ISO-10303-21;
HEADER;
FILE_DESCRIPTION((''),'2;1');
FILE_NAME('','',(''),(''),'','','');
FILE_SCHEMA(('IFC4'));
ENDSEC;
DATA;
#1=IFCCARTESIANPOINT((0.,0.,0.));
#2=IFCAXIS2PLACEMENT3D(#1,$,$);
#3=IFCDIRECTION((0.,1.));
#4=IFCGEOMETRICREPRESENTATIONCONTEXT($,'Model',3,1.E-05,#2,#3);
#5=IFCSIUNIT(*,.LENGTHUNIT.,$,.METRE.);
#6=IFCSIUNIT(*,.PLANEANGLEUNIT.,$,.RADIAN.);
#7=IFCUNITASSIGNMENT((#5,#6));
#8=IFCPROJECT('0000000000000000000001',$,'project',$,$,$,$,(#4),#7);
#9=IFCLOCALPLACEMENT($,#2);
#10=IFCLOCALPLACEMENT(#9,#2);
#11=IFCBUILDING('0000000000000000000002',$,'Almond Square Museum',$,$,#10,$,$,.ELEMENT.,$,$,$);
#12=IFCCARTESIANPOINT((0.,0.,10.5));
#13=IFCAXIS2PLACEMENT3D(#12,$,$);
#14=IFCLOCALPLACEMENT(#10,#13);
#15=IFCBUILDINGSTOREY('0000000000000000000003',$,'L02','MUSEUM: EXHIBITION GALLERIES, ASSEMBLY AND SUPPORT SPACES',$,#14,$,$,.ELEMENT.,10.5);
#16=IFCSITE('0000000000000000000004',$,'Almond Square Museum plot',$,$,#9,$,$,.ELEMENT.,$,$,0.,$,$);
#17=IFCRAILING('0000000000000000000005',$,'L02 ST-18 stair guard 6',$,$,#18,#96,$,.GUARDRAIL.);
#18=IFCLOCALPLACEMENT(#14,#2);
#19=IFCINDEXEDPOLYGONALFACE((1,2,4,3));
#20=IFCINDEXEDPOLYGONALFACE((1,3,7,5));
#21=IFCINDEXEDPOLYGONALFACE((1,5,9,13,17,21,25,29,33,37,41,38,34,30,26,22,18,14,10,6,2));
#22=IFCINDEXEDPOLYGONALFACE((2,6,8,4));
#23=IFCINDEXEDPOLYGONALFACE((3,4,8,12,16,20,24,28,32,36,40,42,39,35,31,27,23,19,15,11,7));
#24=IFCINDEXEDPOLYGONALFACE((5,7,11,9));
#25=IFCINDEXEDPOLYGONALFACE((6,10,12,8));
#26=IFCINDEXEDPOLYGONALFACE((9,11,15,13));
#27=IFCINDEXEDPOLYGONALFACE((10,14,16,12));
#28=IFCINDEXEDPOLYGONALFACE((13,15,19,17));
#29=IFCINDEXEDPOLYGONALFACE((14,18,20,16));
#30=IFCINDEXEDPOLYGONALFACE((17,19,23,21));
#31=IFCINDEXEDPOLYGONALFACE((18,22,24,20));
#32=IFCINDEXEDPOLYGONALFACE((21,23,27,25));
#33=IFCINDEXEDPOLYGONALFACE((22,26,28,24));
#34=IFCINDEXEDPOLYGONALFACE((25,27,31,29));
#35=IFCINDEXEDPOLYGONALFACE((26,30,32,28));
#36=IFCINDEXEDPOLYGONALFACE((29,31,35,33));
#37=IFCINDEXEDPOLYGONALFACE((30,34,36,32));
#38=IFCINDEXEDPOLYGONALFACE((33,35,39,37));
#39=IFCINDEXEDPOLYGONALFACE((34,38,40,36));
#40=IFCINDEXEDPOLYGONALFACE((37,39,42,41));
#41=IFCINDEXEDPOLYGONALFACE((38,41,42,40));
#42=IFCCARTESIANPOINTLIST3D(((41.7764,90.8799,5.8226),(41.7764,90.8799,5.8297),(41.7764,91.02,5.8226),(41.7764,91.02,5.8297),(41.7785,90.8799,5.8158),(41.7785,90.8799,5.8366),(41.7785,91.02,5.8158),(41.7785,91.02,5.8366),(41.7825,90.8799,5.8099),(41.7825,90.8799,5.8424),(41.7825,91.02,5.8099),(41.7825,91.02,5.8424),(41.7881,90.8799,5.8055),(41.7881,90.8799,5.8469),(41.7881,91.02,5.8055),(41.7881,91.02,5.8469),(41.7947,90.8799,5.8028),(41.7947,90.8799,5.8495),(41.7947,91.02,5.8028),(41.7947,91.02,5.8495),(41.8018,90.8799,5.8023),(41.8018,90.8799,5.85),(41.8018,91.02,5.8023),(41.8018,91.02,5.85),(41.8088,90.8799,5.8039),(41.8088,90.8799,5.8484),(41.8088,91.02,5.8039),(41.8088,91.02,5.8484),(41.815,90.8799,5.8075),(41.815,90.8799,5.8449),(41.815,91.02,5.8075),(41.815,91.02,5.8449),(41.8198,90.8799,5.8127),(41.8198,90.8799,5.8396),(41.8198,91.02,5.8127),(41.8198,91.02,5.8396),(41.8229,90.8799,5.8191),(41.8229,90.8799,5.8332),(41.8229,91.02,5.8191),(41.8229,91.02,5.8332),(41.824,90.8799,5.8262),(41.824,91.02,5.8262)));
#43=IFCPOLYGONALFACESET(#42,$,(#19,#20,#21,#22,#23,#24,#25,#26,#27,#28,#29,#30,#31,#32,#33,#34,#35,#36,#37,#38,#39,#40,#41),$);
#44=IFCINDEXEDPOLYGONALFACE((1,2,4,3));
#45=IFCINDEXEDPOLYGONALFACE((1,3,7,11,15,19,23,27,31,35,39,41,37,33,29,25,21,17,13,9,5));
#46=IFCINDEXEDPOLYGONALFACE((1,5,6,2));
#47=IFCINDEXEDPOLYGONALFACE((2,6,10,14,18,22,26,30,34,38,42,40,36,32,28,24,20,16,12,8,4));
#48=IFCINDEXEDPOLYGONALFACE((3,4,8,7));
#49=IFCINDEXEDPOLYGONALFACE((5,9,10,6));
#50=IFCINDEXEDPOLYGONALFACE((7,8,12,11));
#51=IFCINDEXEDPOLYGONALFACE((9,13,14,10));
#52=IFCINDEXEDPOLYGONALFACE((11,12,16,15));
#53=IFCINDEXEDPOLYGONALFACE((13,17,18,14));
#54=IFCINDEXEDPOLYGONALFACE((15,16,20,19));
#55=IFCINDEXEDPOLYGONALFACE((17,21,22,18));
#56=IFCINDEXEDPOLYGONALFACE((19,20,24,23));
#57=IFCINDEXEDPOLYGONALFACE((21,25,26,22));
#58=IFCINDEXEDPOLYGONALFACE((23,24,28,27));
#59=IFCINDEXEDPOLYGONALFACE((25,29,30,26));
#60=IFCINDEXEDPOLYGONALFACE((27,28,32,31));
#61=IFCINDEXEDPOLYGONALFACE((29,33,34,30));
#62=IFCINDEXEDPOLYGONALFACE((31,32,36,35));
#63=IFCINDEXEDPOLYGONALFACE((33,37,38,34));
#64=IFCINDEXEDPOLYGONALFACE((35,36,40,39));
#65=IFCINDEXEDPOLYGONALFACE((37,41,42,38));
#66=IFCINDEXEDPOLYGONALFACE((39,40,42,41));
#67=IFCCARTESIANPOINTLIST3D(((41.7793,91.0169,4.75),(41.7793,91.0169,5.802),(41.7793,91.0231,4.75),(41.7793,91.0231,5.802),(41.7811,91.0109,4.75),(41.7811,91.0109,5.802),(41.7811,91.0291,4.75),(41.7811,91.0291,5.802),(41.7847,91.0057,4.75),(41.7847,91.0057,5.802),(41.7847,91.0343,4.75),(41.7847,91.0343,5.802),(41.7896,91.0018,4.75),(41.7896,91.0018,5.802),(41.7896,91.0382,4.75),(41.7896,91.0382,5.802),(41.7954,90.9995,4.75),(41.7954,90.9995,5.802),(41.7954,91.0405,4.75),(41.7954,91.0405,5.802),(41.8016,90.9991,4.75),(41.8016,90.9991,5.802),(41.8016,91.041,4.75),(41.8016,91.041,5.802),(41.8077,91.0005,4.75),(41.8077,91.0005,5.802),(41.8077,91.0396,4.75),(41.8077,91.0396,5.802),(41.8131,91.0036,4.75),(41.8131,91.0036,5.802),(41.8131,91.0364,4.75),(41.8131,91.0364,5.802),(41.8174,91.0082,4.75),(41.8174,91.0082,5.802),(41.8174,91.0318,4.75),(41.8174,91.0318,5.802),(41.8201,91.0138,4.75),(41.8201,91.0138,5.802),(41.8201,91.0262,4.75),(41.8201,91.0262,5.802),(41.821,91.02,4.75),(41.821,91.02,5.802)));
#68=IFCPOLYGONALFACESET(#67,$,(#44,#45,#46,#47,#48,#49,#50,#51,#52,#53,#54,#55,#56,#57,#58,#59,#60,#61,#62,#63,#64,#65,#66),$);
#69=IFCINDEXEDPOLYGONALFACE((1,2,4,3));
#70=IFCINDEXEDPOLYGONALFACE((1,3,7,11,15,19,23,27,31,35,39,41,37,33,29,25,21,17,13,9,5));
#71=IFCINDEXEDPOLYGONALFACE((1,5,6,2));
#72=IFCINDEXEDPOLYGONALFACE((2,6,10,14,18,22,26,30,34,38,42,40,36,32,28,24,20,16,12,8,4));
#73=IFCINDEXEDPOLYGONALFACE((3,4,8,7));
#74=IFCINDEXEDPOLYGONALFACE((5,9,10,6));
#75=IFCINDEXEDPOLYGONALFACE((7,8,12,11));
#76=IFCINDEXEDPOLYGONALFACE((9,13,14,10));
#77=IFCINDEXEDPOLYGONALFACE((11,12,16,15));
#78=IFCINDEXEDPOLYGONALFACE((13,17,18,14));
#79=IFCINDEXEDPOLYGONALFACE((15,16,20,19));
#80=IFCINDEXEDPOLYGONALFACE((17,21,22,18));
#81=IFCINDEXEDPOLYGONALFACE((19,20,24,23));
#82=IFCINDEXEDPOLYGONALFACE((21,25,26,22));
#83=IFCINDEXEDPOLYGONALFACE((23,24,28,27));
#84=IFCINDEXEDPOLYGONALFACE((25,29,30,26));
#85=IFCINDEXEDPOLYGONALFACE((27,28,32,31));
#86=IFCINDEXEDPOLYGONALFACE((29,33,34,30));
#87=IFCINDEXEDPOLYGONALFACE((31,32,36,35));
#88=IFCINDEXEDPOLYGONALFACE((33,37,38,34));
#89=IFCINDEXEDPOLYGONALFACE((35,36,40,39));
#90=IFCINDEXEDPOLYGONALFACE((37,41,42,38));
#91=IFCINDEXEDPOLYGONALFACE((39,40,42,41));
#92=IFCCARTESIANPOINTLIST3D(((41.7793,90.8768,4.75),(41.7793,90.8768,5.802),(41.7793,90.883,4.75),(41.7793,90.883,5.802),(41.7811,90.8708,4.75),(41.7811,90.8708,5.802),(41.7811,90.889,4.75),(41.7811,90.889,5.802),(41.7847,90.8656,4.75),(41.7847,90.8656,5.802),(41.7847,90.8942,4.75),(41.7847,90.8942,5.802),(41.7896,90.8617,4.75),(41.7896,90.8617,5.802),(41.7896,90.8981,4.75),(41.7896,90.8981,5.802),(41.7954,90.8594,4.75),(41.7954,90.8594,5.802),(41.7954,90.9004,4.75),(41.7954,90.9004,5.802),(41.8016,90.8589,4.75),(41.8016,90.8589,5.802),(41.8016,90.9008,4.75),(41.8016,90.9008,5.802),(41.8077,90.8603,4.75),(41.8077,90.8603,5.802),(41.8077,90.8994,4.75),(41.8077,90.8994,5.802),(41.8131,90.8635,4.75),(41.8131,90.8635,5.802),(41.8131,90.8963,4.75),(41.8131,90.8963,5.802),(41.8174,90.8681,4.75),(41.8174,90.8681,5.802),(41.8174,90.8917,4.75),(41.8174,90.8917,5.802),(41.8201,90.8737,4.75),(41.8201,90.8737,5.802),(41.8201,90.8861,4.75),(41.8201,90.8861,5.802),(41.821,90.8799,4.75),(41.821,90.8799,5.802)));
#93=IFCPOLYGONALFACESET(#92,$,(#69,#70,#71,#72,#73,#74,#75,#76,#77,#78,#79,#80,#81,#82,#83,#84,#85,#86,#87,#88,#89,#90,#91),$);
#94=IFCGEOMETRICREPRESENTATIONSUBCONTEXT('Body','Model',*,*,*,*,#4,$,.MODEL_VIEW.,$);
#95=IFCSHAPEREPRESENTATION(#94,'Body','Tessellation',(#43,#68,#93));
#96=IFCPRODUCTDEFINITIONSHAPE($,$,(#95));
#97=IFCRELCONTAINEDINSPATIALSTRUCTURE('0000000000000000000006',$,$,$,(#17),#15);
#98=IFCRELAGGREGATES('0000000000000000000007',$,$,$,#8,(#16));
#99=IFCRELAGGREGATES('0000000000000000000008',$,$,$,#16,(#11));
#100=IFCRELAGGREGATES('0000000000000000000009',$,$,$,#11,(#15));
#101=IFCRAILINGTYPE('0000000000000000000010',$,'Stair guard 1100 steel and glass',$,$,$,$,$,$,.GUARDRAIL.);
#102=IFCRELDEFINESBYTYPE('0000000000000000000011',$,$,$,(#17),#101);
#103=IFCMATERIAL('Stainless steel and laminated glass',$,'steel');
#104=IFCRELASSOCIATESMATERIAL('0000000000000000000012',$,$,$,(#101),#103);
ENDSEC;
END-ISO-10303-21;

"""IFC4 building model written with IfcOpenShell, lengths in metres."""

from ifc_helpers import new_model, si_unit, direction, frame, origin, origin_2d, place, context, subcontext, project, spatial, circle, extrude, material, type_object, element, save


model = new_model("IFC4")

# Units and contexts
model_context = context("Model", 3, precision=1e-05, world=origin(), true_north=direction((0.0, 1.0)))
body_context = subcontext(model_context, "Body", "Model", "MODEL_VIEW")
ifc_project = project(units=[si_unit("LENGTHUNIT", "METRE"), si_unit("PLANEANGLEUNIT", "RADIAN")], contexts=[model_context])

# Site, building, storey
site_placement = place(None, origin())
site = spatial("IfcSite", under=ifc_project, at=site_placement, Name="Almond Square Museum plot", CompositionType="ELEMENT", RefElevation=0.0)
building_placement = place(site_placement, origin())
building = spatial("IfcBuilding", under=site, at=building_placement, Name="Almond Square Museum", CompositionType="ELEMENT")
storey_placement = place(building_placement, frame((0.0, 0.0, 10.5)))
storey = spatial("IfcBuildingStorey", under=building, at=storey_placement, Name="L02", Description="MUSEUM: EXHIBITION GALLERIES, ASSEMBLY AND SUPPORT SPACES", CompositionType="ELEMENT", Elevation=10.5)

# Railing
ifc_material_1 = material(Name="Stainless steel and laminated glass", Category="steel")
railing_type_1 = type_object("IfcRailingType", Name="Stair guard 1100 steel and glass", PredefinedType="GUARDRAIL", material=ifc_material_1)
railing_1_placement = place(storey_placement, frame((41.8, 91.02, 4.75)))
element("IfcRailing", 1, at=railing_1_placement, inside=storey, type_object=railing_type_1, Name="L02 ST-18 stair guard 6", PredefinedType="GUARDRAIL", context=body_context, shape_type="SweptSolid", body=[
    extrude(circle(Radius=0.0239, at=origin_2d()), frame((0.0, 0.0, 1.0762), z_axis=(0.0, -1.0, 0.0), x_axis=(1.0, 0.0, 0.0)), (0.0, 0.0, 1.0), 0.1401),
    extrude(circle(Radius=0.021, at=origin_2d()), origin(), (0.0, 0.0, 1.0), 1.052),
    extrude(circle(Radius=0.021, at=origin_2d()), frame((0.0, -0.1401, 0.0)), (0.0, 0.0, 1.0), 1.052),
])

save(model, "model.ifc")
